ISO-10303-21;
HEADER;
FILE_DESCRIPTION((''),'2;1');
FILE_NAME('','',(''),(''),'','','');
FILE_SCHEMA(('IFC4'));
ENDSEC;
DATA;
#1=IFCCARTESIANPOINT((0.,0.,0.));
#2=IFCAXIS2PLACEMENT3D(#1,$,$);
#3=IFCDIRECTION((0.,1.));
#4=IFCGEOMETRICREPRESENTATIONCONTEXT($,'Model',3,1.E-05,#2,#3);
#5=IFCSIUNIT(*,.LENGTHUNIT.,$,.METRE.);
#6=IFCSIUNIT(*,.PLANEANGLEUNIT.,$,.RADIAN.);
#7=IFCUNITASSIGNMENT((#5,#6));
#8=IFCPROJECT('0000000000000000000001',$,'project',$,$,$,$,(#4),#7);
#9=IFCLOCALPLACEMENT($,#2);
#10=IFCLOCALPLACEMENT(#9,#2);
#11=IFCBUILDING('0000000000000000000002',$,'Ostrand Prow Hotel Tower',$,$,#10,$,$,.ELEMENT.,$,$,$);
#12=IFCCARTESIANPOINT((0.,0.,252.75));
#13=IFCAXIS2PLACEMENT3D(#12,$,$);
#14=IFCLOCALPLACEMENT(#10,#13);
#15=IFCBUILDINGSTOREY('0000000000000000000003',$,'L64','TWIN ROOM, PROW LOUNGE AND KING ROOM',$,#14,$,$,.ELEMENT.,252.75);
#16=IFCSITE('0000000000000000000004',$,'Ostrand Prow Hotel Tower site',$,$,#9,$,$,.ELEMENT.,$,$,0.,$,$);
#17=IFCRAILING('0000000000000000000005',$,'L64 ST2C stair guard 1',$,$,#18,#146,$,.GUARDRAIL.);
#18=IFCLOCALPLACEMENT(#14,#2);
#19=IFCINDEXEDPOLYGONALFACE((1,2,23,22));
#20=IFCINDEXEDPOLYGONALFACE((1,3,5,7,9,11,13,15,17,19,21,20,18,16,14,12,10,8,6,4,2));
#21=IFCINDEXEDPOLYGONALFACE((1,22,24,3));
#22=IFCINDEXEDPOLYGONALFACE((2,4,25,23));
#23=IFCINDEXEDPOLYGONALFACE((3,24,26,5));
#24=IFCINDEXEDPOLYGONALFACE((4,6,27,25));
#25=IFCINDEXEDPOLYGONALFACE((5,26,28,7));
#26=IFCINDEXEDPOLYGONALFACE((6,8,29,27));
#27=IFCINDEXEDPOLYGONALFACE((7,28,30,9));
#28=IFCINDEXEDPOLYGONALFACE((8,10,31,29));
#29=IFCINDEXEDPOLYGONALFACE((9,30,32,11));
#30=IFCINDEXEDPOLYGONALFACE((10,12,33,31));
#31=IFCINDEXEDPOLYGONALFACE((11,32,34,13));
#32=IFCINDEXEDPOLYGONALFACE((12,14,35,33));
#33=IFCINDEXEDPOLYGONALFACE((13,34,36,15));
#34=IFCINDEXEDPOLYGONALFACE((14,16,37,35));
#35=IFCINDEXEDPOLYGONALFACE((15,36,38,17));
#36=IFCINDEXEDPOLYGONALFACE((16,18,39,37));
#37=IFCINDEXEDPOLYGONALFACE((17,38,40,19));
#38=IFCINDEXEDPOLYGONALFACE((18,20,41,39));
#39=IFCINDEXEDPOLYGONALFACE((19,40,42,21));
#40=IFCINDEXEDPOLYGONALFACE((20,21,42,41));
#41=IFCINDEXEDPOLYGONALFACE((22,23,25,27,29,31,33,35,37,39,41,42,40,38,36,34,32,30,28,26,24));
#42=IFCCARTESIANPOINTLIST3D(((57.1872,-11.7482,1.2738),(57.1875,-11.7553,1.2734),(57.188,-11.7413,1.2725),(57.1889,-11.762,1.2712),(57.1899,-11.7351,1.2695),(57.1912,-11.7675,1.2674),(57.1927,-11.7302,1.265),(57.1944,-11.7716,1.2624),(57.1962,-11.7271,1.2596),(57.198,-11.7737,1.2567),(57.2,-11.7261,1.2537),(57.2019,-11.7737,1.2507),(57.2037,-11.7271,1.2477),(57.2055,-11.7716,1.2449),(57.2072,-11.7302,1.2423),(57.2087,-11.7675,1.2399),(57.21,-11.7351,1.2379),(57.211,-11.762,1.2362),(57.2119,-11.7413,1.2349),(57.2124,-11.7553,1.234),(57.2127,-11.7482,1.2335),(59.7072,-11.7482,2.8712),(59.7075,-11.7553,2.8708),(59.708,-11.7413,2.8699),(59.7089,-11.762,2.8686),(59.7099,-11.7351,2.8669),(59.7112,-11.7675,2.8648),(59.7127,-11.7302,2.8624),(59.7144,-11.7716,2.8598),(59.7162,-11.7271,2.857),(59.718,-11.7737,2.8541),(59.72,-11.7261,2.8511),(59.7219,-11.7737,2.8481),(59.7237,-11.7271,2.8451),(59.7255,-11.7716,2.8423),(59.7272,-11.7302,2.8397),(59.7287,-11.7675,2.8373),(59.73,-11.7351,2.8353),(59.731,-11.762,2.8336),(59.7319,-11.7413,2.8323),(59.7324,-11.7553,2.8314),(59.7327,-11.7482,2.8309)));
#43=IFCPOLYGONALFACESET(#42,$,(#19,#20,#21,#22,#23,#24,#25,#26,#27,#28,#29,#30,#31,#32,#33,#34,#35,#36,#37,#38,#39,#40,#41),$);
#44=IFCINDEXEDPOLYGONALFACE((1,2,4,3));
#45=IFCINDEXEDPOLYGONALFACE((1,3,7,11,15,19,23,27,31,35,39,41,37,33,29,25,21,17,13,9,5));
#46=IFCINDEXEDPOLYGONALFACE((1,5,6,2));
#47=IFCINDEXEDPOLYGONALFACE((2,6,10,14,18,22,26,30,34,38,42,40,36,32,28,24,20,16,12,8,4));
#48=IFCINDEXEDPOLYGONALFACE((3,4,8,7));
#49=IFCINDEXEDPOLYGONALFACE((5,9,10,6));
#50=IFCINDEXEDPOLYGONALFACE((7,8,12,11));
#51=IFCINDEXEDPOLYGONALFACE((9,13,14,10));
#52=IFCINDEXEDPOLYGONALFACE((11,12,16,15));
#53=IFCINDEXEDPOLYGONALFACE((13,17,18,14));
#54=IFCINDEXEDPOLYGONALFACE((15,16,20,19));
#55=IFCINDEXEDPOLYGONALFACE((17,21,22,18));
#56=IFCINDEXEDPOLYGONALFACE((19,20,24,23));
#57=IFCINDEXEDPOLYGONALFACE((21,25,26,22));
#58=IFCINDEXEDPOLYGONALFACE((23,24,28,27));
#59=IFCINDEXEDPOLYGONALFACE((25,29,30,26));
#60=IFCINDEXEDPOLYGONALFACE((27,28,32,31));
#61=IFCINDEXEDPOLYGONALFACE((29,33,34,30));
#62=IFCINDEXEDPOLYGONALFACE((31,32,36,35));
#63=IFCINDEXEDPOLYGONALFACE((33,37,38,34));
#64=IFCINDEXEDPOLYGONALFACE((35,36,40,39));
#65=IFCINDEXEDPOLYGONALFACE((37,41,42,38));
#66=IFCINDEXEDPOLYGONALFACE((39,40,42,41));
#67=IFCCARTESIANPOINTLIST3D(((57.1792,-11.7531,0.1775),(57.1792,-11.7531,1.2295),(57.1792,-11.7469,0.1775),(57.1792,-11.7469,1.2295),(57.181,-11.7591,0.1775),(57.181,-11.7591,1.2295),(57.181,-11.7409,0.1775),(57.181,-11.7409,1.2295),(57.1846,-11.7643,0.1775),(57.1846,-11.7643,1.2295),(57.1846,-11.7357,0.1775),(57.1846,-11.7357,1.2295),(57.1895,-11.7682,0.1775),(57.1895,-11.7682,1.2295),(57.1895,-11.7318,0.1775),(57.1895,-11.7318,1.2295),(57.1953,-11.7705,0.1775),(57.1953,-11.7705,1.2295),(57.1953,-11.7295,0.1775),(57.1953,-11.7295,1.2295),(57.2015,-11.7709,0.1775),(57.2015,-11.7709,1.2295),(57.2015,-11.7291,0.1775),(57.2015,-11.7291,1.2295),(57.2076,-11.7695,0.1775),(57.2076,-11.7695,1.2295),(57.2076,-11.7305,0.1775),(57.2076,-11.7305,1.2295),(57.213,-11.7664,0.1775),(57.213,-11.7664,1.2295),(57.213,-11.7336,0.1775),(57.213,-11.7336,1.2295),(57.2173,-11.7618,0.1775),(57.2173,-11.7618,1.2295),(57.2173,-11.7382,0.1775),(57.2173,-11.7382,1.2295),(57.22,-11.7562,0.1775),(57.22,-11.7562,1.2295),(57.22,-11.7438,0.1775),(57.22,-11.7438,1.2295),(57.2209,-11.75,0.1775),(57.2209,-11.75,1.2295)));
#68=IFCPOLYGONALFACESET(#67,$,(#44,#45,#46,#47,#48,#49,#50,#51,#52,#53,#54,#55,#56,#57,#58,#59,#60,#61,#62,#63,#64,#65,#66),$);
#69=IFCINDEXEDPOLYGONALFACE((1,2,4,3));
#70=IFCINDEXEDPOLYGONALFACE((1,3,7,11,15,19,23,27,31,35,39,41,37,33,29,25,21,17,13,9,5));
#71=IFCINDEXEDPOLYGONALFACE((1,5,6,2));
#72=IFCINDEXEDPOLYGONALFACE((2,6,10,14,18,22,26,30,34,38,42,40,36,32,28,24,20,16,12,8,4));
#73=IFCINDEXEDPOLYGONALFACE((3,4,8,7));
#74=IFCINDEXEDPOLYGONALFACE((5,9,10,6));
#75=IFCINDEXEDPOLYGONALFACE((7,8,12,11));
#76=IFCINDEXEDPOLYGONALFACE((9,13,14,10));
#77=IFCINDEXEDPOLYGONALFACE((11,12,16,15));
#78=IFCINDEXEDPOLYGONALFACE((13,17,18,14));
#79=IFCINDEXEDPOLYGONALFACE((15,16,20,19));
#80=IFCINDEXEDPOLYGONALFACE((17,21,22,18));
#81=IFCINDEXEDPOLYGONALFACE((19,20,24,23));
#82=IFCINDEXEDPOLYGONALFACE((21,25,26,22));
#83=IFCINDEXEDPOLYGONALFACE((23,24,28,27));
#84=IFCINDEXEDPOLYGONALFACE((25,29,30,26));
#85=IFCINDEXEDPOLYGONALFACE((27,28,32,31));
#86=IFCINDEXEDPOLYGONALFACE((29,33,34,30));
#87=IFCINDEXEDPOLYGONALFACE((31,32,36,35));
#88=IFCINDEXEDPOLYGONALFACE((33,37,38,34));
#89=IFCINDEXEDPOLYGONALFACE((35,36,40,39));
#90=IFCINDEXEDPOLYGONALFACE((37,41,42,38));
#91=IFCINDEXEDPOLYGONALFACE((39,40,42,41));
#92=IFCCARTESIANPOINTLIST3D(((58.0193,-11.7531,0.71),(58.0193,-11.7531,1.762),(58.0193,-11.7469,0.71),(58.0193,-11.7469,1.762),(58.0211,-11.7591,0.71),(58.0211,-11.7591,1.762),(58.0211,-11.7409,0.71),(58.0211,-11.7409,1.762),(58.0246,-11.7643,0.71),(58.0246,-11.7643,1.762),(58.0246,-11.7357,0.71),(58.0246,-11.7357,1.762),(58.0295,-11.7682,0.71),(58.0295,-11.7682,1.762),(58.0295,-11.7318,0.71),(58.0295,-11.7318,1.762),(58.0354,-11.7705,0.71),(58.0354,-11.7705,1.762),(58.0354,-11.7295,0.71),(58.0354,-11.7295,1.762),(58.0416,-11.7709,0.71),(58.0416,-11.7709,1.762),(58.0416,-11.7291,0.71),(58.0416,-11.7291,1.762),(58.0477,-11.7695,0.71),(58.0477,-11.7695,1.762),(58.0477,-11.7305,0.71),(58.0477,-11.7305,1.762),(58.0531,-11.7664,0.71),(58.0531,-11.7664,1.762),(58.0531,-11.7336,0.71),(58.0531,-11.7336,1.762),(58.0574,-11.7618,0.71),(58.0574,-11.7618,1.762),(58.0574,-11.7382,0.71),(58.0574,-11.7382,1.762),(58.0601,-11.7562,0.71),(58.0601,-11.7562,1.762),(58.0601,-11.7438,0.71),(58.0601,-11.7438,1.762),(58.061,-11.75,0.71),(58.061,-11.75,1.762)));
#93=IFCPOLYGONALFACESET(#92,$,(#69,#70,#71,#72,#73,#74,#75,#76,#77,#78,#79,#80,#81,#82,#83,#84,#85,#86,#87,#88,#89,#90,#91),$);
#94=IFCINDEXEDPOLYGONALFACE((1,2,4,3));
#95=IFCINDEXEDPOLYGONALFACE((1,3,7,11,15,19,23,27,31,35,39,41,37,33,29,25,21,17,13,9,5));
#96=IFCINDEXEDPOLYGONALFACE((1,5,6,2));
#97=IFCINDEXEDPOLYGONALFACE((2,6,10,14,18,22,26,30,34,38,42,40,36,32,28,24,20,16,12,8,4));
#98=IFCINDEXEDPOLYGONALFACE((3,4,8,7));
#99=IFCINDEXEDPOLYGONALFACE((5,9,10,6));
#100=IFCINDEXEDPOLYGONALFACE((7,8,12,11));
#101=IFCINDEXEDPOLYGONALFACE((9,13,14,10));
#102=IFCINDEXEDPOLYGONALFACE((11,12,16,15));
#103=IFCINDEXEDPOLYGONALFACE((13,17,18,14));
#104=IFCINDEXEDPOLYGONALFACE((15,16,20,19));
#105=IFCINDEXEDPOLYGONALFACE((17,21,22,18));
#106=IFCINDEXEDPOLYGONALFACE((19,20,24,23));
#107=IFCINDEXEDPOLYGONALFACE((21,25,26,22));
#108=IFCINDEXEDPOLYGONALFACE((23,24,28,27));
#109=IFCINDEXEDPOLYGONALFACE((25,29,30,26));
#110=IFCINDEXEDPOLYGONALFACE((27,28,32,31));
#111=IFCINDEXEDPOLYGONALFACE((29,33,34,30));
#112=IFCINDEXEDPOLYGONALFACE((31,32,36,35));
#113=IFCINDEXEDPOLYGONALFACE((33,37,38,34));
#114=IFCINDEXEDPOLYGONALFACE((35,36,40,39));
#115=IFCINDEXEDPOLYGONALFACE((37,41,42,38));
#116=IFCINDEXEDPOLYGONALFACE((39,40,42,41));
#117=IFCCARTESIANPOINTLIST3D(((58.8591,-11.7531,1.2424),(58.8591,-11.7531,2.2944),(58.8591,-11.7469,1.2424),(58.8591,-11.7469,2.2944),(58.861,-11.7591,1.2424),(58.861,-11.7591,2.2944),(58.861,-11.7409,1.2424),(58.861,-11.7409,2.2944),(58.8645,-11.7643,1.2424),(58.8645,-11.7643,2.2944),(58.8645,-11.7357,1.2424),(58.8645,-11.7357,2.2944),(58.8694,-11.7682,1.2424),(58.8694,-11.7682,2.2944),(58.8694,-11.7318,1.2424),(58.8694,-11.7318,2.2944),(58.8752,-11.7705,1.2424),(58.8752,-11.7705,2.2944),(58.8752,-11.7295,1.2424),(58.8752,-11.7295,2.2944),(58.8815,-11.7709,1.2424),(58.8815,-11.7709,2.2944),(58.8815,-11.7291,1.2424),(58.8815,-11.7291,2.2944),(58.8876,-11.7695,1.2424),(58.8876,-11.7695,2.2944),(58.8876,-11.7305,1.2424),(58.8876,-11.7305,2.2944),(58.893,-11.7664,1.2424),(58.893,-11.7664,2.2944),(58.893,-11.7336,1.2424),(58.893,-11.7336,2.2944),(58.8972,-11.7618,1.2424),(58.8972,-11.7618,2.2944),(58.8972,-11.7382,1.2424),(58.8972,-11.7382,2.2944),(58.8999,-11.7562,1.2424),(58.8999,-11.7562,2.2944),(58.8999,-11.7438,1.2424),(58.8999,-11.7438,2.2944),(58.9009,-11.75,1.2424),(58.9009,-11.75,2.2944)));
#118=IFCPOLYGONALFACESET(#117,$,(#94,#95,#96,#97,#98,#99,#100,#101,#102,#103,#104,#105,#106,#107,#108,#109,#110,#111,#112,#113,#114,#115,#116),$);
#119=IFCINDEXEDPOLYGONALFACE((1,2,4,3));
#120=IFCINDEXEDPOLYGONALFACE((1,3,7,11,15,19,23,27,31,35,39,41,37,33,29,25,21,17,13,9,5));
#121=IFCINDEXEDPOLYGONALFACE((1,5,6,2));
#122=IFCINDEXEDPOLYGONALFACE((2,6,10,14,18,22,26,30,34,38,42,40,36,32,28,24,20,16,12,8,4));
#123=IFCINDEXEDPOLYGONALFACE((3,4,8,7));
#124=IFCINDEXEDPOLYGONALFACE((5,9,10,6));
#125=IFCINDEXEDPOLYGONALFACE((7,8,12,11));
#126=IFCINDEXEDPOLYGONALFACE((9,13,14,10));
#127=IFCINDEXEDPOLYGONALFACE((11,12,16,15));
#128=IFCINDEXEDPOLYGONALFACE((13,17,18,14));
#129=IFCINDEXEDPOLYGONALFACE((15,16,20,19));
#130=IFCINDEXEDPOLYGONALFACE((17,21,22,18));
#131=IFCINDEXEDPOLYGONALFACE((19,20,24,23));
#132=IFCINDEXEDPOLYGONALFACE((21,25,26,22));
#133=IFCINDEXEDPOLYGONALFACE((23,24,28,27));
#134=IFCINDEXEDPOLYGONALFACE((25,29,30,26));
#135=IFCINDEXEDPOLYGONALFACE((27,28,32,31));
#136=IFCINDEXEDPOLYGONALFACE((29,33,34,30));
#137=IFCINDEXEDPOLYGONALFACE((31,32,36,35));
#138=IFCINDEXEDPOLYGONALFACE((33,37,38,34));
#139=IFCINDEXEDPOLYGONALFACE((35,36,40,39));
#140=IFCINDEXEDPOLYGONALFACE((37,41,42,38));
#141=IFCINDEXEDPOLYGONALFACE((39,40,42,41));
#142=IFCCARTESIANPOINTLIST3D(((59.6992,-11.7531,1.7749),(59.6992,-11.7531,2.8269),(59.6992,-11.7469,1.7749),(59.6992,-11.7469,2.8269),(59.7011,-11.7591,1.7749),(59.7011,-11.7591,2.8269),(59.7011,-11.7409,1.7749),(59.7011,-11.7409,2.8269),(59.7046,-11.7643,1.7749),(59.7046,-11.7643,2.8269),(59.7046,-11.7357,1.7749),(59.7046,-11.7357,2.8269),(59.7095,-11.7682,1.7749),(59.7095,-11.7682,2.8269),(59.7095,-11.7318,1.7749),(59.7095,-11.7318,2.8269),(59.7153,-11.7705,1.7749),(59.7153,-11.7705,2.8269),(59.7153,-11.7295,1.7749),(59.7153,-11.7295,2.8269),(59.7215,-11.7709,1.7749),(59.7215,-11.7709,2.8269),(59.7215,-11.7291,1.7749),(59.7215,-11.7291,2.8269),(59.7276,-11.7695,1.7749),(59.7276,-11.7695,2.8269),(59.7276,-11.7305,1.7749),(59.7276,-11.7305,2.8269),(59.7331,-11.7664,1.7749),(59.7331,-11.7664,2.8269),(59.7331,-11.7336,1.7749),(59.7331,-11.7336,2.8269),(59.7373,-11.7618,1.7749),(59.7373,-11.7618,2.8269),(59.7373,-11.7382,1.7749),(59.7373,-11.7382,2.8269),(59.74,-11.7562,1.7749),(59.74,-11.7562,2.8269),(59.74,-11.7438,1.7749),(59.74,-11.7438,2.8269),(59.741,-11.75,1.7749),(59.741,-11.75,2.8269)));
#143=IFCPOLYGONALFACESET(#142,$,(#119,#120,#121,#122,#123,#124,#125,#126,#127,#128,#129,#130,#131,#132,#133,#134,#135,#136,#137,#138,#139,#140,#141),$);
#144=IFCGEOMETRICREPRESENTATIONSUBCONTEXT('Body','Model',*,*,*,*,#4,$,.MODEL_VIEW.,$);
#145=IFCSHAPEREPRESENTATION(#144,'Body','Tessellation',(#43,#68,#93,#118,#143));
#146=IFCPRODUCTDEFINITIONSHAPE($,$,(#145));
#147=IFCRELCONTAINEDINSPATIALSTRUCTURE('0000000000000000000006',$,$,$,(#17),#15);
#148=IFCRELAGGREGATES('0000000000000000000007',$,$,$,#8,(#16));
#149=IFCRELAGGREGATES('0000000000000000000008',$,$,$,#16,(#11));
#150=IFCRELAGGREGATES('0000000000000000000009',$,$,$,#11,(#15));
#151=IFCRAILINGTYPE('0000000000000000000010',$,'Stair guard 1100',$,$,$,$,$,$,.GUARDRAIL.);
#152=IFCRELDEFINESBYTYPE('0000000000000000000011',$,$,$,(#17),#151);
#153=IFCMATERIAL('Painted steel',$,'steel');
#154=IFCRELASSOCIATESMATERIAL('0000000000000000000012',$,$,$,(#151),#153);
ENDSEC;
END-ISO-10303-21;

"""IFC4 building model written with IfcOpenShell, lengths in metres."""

from ifc_helpers import new_model, si_unit, direction, frame, origin, origin_2d, place, context, subcontext, project, spatial, circle, extrude, material, type_object, element, save


model = new_model("IFC4")

# Units and contexts
model_context = context("Model", 3, precision=1e-05, world=origin(), true_north=direction((0.0, 1.0)))
body_context = subcontext(model_context, "Body", "Model", "MODEL_VIEW")
ifc_project = project(units=[si_unit("LENGTHUNIT", "METRE"), si_unit("PLANEANGLEUNIT", "RADIAN")], contexts=[model_context])

# Site, building, storey
site_placement = place(None, origin())
site = spatial("IfcSite", under=ifc_project, at=site_placement, Name="Ostrand Prow Hotel Tower site", CompositionType="ELEMENT", RefElevation=0.0)
building_placement = place(site_placement, origin())
building = spatial("IfcBuilding", under=site, at=building_placement, Name="Ostrand Prow Hotel Tower", CompositionType="ELEMENT")
storey_placement = place(building_placement, frame((0.0, 0.0, 252.75)))
storey = spatial("IfcBuildingStorey", under=building, at=storey_placement, Name="L64", Description="TWIN ROOM, PROW LOUNGE AND KING ROOM", CompositionType="ELEMENT", Elevation=252.75)

# Railing
ifc_material_1 = material(Name="Painted steel", Category="steel")
railing_type_1 = type_object("IfcRailingType", Name="Stair guard 1100", PredefinedType="GUARDRAIL", material=ifc_material_1)
railing_1_placement = place(storey_placement, frame((57.2, -11.75, 0.1775)))
element("IfcRailing", 1, at=railing_1_placement, inside=storey, type_object=railing_type_1, Name="L64 ST2C stair guard 1", PredefinedType="GUARDRAIL", context=body_context, shape_type="SweptSolid", body=[
    extrude(circle(Radius=0.0239, at=origin_2d()), frame((0.0, 0.0, 1.0762), z_axis=(0.844607, 0.0, 0.535387), x_axis=(0.0, 1.0, 0.0)), (0.0, 0.0, 1.0), 2.9836),
    extrude(circle(Radius=0.021, at=origin_2d()), origin(), (0.0, 0.0, 1.0), 1.052),
    extrude(circle(Radius=0.021, at=origin_2d()), frame((0.8401, 0.0, 0.5325)), (0.0, 0.0, 1.0), 1.052),
    extrude(circle(Radius=0.021, at=origin_2d()), frame((1.6799, 0.0, 1.0649)), (0.0, 0.0, 1.0), 1.052),
    extrude(circle(Radius=0.021, at=origin_2d()), frame((2.52, 0.0, 1.5974)), (0.0, 0.0, 1.0), 1.052),
])

save(model, "model.ifc")
